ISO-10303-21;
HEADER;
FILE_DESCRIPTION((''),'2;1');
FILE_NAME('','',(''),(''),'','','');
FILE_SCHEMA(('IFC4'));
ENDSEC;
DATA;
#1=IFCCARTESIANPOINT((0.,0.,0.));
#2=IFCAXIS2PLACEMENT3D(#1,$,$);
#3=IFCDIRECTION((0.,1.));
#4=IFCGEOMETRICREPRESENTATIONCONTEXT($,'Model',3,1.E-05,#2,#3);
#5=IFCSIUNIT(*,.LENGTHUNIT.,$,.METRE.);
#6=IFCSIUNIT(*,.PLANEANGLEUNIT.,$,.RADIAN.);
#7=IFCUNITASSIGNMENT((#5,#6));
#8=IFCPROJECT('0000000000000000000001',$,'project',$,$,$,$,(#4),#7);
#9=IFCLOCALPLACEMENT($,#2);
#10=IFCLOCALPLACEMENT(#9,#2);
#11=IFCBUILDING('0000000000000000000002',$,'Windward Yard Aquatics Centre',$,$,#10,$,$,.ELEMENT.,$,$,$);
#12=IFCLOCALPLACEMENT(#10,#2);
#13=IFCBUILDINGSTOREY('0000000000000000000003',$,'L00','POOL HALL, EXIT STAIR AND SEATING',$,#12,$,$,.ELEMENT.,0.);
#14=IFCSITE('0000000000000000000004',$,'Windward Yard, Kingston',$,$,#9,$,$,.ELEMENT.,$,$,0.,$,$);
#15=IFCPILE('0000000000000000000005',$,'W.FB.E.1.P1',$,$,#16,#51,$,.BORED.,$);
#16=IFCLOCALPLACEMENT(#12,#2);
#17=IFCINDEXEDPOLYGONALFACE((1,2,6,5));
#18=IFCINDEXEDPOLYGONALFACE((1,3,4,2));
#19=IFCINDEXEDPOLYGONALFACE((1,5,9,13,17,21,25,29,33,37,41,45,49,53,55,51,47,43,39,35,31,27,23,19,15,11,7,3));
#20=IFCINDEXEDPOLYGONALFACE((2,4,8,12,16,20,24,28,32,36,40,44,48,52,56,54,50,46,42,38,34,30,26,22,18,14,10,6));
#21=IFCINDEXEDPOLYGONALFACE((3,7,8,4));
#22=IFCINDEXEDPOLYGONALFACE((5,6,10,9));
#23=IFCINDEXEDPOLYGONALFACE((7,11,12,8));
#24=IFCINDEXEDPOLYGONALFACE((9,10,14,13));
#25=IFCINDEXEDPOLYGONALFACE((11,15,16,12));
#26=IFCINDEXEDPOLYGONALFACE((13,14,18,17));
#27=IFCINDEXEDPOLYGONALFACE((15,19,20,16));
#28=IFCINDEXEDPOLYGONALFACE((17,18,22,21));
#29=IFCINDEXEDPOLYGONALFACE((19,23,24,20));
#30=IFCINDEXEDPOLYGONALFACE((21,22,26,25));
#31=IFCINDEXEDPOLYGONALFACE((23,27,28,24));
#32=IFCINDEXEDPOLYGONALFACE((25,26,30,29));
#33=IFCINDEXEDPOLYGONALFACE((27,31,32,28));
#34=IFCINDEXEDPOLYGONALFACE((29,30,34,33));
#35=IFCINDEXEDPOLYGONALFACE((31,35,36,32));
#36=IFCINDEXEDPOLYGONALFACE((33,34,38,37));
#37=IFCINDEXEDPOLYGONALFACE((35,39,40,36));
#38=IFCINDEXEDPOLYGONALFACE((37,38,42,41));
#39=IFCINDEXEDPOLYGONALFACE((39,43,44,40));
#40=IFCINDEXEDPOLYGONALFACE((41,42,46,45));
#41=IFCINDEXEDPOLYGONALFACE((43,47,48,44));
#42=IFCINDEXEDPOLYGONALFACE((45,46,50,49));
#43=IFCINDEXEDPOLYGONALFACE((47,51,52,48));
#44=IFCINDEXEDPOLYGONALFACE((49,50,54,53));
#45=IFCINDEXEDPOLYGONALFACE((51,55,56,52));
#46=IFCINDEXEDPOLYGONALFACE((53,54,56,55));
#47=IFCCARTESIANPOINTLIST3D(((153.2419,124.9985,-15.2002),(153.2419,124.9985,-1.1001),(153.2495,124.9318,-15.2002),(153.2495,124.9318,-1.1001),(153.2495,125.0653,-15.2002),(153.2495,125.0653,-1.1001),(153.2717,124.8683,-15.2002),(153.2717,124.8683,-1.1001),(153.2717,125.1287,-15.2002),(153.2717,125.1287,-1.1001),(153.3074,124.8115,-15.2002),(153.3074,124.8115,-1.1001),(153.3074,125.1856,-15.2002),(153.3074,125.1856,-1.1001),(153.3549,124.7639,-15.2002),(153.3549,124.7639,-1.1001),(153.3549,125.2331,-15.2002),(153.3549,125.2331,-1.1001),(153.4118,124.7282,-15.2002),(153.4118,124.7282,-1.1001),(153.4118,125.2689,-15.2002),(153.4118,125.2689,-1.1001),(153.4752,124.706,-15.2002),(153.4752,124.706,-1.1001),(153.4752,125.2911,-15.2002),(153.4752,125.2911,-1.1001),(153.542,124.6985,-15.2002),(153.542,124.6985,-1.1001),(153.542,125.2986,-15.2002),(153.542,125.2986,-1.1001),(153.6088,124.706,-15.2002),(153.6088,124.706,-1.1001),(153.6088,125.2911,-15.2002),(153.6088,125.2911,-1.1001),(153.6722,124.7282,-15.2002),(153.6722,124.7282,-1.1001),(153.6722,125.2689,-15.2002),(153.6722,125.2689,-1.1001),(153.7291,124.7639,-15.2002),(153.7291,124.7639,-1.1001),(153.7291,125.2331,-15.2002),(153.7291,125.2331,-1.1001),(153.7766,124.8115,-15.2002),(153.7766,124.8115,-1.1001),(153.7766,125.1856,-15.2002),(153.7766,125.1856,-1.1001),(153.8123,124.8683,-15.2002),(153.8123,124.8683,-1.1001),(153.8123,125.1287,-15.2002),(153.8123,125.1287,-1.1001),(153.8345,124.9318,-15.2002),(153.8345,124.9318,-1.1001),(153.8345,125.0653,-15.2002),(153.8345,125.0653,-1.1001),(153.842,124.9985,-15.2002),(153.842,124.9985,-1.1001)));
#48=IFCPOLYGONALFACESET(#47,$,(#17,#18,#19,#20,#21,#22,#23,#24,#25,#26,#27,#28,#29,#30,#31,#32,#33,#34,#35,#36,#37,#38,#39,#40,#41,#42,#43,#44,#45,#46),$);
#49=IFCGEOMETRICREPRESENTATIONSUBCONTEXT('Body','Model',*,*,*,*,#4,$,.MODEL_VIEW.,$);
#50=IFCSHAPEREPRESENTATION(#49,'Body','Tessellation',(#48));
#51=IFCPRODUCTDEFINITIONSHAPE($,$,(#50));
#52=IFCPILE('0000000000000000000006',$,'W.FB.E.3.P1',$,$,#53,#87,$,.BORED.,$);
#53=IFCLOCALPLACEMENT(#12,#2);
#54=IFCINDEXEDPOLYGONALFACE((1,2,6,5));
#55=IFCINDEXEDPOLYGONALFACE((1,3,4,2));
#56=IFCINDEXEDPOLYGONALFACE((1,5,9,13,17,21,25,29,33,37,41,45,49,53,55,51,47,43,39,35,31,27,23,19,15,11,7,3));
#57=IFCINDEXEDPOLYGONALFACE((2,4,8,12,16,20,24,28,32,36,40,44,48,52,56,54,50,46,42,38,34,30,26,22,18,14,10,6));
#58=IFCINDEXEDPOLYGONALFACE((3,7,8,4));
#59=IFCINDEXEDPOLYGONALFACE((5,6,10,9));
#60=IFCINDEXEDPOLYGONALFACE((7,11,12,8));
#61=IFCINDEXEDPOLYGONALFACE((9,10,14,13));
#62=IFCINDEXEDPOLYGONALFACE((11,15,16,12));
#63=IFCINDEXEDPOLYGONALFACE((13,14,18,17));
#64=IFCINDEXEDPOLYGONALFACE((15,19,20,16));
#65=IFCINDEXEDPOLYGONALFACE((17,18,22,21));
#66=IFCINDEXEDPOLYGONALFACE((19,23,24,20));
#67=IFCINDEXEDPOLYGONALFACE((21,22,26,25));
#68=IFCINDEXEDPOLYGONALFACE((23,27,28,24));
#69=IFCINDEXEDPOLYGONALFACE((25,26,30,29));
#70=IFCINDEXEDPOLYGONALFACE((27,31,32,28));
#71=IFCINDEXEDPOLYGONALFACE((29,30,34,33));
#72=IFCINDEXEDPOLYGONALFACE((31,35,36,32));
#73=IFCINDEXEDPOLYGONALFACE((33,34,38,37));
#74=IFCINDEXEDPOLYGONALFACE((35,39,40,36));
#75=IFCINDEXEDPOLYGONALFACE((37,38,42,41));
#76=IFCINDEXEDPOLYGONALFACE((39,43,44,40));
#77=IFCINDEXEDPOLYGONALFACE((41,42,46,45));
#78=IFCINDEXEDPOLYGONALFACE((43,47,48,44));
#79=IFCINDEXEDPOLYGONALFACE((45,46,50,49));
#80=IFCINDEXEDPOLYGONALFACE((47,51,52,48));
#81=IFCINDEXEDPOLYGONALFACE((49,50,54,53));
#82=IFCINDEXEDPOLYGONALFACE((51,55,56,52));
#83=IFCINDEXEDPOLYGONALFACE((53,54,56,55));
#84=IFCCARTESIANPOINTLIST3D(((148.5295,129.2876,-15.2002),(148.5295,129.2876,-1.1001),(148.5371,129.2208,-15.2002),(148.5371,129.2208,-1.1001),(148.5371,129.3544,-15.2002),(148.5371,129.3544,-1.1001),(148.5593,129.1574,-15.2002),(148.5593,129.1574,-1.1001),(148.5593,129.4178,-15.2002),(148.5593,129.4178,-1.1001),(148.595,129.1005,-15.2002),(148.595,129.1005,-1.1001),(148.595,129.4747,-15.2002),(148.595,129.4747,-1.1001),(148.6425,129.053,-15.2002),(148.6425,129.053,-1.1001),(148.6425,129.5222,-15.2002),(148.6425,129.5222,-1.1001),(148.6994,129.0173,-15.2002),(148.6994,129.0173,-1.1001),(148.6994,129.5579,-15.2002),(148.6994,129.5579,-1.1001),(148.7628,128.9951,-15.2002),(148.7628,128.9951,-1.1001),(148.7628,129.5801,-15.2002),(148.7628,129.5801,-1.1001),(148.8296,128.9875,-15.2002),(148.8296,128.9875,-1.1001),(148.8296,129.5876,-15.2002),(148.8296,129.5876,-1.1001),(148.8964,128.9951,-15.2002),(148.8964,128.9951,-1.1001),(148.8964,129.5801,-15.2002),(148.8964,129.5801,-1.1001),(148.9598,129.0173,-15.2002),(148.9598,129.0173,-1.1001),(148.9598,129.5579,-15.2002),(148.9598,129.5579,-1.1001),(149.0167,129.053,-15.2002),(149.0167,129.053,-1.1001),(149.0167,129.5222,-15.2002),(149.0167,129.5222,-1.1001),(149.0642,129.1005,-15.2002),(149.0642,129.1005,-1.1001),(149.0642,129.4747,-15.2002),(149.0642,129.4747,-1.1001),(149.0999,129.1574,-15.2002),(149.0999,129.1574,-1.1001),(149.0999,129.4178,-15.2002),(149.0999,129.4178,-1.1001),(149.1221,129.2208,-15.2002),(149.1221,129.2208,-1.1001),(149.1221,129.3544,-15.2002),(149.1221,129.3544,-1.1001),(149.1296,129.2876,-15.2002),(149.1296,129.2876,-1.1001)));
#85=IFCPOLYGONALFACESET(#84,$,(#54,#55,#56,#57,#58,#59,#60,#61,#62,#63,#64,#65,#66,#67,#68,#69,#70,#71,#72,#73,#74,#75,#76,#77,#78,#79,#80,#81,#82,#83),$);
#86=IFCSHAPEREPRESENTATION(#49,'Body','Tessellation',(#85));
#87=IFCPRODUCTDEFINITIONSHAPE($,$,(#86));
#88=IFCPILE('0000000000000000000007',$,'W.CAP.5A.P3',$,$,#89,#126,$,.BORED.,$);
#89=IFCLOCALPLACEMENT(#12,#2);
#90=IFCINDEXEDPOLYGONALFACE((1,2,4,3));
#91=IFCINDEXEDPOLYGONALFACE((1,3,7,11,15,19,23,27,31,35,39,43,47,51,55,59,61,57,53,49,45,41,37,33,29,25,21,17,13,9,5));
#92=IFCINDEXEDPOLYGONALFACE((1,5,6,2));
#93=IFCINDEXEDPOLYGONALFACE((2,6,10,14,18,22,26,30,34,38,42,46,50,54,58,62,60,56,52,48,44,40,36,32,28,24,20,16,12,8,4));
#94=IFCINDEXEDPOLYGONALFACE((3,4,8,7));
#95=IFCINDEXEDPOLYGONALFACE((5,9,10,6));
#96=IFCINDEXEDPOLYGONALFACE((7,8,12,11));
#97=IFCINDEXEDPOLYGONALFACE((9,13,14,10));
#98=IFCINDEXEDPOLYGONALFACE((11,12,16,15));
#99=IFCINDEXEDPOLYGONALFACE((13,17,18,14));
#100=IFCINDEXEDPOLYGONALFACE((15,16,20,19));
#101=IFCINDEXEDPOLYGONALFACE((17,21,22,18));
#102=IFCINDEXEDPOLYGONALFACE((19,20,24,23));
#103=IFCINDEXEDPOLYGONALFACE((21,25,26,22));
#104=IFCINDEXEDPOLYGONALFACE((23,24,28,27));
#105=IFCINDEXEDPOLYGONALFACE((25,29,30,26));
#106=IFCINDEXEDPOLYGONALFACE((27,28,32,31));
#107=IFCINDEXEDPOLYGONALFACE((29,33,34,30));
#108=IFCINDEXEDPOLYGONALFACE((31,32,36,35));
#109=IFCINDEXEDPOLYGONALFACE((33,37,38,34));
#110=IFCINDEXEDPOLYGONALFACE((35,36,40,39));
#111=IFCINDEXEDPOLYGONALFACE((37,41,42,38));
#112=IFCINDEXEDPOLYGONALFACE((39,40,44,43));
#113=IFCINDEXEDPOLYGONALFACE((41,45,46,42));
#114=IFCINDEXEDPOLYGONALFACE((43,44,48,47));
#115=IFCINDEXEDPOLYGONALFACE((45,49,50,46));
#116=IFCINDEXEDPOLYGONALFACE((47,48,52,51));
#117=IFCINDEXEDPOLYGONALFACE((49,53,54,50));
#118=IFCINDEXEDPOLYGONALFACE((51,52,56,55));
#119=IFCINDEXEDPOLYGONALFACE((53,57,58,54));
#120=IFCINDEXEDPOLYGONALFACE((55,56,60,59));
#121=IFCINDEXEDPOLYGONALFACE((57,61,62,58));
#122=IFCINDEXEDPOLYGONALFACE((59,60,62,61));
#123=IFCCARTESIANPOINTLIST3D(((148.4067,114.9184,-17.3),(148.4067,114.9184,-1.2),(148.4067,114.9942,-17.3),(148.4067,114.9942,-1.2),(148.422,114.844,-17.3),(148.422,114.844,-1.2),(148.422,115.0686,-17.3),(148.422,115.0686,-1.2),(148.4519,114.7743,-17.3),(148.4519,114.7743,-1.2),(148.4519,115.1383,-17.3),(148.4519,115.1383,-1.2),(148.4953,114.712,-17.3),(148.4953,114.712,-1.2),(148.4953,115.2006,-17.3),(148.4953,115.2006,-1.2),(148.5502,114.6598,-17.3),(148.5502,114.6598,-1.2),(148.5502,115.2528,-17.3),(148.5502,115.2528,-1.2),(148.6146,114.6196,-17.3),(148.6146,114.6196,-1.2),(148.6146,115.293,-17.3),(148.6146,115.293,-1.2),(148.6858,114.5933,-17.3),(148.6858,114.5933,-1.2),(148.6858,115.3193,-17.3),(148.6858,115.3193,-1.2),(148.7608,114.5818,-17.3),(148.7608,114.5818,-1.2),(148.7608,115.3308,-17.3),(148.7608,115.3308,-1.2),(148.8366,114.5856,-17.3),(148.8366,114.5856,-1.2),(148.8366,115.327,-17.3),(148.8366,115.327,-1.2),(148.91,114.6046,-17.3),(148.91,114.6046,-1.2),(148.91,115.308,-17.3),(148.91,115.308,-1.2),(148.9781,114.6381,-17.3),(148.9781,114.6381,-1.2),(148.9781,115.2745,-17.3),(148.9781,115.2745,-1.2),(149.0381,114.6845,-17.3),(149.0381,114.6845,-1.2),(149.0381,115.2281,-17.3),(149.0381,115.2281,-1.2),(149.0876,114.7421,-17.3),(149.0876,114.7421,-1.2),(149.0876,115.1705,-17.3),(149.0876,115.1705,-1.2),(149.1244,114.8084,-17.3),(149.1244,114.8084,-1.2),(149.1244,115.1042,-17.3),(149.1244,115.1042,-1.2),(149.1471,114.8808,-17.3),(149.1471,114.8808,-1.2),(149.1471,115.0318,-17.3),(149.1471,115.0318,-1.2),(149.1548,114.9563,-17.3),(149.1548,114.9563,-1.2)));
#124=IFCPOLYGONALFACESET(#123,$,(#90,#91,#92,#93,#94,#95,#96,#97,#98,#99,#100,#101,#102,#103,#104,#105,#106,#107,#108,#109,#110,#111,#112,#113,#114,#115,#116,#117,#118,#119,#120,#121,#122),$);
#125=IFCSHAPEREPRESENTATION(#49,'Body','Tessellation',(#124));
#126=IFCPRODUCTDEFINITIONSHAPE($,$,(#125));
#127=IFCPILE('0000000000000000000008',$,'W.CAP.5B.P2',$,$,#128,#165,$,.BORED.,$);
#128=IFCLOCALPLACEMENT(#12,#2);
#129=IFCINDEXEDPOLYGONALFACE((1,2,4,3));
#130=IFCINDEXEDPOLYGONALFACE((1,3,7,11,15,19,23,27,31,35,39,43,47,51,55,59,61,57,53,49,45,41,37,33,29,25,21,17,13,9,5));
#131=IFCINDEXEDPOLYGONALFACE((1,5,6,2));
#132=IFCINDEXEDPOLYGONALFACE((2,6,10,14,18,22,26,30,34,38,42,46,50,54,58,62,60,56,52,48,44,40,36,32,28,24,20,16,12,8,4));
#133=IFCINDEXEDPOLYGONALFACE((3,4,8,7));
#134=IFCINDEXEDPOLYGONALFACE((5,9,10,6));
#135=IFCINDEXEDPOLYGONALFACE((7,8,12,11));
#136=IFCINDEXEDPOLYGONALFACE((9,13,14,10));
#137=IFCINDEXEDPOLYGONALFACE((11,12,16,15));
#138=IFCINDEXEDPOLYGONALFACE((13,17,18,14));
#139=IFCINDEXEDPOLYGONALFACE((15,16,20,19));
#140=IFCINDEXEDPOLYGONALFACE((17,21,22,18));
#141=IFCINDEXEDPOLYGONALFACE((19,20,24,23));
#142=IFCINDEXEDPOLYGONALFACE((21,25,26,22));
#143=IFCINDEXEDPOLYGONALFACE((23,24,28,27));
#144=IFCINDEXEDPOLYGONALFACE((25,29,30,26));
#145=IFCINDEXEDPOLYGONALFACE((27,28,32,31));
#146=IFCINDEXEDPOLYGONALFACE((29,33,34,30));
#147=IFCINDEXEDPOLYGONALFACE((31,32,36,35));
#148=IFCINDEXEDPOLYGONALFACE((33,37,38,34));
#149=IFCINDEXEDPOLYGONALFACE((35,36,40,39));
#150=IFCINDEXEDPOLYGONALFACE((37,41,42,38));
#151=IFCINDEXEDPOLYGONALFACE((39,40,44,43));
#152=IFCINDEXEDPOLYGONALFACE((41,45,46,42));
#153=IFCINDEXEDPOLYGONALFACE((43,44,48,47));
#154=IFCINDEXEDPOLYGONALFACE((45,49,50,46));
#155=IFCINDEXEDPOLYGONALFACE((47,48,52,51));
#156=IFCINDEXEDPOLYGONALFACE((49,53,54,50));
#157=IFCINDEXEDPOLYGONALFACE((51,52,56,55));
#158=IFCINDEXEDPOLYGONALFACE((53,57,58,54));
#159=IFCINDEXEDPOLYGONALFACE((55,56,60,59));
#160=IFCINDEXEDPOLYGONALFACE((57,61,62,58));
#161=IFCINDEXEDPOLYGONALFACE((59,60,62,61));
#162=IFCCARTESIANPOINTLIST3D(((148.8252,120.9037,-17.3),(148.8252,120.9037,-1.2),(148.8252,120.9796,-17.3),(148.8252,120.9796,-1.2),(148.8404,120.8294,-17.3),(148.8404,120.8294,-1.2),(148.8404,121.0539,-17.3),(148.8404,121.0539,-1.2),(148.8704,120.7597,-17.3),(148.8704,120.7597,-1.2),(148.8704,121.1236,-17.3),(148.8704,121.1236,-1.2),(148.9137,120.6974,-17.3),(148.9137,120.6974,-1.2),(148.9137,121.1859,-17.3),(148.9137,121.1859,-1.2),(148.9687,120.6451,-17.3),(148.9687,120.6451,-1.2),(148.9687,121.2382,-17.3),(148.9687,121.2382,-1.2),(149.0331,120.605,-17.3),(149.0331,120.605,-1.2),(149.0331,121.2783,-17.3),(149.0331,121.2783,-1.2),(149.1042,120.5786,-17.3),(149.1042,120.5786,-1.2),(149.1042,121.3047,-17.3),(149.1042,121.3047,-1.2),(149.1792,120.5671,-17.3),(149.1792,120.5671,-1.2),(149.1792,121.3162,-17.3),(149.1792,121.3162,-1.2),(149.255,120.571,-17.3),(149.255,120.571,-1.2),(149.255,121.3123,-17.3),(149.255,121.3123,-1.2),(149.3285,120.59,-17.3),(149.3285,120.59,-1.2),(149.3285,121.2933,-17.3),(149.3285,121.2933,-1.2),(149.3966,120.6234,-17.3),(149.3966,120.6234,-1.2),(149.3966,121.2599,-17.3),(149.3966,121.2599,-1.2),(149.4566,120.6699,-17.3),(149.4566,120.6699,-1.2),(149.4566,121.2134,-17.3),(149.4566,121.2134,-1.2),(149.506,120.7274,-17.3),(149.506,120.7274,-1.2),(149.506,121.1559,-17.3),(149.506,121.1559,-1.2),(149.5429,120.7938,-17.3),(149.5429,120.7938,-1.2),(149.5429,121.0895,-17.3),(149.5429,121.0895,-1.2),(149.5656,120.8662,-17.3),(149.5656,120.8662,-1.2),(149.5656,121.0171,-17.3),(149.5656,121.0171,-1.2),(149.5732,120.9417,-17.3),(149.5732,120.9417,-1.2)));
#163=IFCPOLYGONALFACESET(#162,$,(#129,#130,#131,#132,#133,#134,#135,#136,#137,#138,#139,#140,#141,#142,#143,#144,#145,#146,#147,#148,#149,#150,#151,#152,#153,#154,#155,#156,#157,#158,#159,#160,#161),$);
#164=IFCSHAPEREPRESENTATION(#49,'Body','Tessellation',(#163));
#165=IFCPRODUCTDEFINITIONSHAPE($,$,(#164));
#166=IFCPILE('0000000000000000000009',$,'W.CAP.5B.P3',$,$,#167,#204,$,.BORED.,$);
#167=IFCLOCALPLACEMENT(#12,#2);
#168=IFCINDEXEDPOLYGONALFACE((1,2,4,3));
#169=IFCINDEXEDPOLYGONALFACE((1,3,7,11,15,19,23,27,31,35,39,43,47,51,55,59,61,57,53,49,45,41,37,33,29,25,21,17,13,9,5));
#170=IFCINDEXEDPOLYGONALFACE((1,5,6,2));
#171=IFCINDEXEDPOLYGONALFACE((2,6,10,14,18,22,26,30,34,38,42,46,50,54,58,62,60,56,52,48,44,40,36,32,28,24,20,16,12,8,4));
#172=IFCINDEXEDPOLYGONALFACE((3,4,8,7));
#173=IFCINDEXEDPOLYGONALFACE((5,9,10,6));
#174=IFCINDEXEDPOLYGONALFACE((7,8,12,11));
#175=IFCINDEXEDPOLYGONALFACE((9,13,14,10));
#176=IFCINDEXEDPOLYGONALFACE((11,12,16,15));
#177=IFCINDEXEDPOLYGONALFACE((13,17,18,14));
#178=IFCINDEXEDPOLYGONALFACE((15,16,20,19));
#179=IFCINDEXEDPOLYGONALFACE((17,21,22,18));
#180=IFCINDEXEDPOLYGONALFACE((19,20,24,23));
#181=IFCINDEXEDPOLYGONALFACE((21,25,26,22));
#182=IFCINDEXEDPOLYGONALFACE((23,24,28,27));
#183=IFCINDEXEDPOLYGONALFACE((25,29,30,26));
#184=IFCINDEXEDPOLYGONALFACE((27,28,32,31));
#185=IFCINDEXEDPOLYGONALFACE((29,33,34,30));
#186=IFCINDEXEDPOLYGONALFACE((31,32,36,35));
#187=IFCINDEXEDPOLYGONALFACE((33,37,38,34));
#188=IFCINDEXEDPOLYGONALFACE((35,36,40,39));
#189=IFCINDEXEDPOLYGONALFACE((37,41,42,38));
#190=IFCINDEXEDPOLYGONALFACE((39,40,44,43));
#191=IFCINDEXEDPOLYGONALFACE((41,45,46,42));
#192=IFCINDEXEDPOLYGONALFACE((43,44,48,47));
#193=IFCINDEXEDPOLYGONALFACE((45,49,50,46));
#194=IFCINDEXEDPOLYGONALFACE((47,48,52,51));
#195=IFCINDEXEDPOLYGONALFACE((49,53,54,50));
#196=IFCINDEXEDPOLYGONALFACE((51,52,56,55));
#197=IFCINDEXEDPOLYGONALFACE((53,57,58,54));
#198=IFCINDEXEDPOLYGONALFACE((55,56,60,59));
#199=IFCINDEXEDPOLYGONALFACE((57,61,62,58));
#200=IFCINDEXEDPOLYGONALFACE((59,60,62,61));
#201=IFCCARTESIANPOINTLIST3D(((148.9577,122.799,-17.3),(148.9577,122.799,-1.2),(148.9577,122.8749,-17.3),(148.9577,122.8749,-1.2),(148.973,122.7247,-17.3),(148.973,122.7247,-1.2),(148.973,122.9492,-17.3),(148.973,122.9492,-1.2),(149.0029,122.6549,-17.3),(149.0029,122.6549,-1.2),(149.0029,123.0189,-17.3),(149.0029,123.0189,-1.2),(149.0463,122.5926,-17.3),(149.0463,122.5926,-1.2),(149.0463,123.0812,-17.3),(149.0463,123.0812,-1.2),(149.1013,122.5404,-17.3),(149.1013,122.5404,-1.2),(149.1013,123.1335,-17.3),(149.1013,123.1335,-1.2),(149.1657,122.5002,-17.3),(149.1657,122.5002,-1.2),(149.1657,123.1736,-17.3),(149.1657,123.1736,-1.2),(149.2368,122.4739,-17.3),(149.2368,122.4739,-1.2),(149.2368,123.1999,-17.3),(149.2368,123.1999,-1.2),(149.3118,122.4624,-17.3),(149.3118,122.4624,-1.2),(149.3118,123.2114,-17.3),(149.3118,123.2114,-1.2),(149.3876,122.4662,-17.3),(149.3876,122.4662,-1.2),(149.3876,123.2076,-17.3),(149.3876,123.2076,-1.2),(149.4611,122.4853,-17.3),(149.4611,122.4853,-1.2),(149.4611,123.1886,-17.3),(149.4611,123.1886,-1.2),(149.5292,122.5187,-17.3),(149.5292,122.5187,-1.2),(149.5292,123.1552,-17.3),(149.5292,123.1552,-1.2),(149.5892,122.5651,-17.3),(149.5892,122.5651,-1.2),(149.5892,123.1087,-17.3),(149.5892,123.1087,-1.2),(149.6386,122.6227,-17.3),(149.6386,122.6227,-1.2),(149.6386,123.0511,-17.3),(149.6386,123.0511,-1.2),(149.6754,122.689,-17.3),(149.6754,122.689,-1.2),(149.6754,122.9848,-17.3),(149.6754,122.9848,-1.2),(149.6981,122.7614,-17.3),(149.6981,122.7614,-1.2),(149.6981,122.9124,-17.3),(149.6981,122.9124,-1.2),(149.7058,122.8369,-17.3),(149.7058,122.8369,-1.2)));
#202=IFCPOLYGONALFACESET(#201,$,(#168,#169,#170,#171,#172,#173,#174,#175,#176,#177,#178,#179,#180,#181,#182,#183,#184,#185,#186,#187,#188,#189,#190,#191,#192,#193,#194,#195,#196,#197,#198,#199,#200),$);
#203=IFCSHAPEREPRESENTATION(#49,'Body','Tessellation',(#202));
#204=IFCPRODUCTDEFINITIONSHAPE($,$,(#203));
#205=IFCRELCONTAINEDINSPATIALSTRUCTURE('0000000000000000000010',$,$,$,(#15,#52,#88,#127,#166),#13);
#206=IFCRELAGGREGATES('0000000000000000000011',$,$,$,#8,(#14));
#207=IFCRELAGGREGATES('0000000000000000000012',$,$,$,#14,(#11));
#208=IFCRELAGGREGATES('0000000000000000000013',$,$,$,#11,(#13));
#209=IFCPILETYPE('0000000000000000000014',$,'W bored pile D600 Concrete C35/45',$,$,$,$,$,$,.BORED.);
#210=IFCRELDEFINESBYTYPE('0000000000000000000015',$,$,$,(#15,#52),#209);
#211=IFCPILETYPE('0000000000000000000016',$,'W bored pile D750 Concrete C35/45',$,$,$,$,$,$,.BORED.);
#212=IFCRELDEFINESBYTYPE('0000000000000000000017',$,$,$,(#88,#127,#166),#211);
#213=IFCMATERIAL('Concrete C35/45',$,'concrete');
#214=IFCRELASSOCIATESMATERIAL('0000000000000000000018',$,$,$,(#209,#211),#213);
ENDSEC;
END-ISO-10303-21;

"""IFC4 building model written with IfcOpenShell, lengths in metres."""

from ifc_helpers import new_model, si_unit, direction, frame, origin, origin_2d, place, context, subcontext, project, spatial, circle, extrude, material, material_profile, profile_set, type_object, element, save


model = new_model("IFC4")

# Units and contexts
model_context = context("Model", 3, precision=1e-05, world=origin(), true_north=direction((0.0, 1.0)))
body_context = subcontext(model_context, "Body", "Model", "MODEL_VIEW")
ifc_project = project(units=[si_unit("LENGTHUNIT", "METRE"), si_unit("PLANEANGLEUNIT", "RADIAN")], contexts=[model_context])

# Site, building, storey
site_placement = place(None, origin())
site = spatial("IfcSite", under=ifc_project, at=site_placement, Name="Windward Yard, Kingston", CompositionType="ELEMENT", RefElevation=0.0)
building_placement = place(site_placement, origin())
building = spatial("IfcBuilding", under=site, at=building_placement, Name="Windward Yard Aquatics Centre", CompositionType="ELEMENT")
storey_placement = place(building_placement, origin())
storey = spatial("IfcBuildingStorey", under=building, at=storey_placement, Name="L00", Description="POOL HALL, EXIT STAIR AND SEATING", CompositionType="ELEMENT", Elevation=0.0)

# Piles
ifc_material_1 = material(Name="Concrete C35/45", Category="concrete")
ifc_material_profile_1 = material_profile(ifc_material_1, circle(Radius=0.3, at=origin_2d()), Name="D600")
ifc_profile_set_1 = profile_set([ifc_material_profile_1], Name="Concrete C35/45")
pile_type_1 = type_object("IfcPileType", Name="W bored pile D600 Concrete C35/45", PredefinedType="BORED", material=ifc_profile_set_1)
for number, where, z_axis, x_axis, name in (
    (1, (153.542, 124.9985, -1.1001), (0.0, 0.0, -1.0), (1.0, 0.0, 0.0), "W.FB.E.1.P1"),
    (2, (148.8296, 129.2876, -1.1001), (0.0, 0.0, -1.0), (1.0, 0.0, 0.0), "W.FB.E.3.P1"),
):
    element("IfcPile", number, at=place(storey_placement, frame(where, z_axis=z_axis, x_axis=x_axis)), inside=storey, type_object=pile_type_1, Name=name, PredefinedType="BORED", context=body_context, shape_type="SweptSolid", body=[
        extrude(circle(Radius=0.3, at=origin_2d()), origin(), (0.0, 0.0, 1.0), 14.1001),
    ])
ifc_material_profile_2 = material_profile(ifc_material_1, circle(Radius=0.375, at=origin_2d()), Name="D750")
ifc_profile_set_2 = profile_set([ifc_material_profile_2], Name="Concrete C35/45")
pile_type_2 = type_object("IfcPileType", Name="W bored pile D750 Concrete C35/45", PredefinedType="BORED", material=ifc_profile_set_2)
for number, where, z_axis, x_axis, name in (
    (3, (148.7798, 114.9563, -1.2), (0.0, 0.0, -1.0), (1.0, 0.0, 0.0), "W.CAP.5A.P3"),
    (4, (149.1982, 120.9417, -1.2), (0.0, 0.0, -1.0), (1.0, 0.0, 0.0), "W.CAP.5B.P2"),
    (5, (149.3308, 122.8369, -1.2), (0.0, 0.0, -1.0), (1.0, 0.0, 0.0), "W.CAP.5B.P3"),
):
    element("IfcPile", number, at=place(storey_placement, frame(where, z_axis=z_axis, x_axis=x_axis)), inside=storey, type_object=pile_type_2, Name=name, PredefinedType="BORED", context=body_context, shape_type="SweptSolid", body=[
        extrude(circle(Radius=0.375, at=origin_2d()), origin(), (0.0, 0.0, 1.0), 16.1001),
    ])

save(model, "model.ifc")
